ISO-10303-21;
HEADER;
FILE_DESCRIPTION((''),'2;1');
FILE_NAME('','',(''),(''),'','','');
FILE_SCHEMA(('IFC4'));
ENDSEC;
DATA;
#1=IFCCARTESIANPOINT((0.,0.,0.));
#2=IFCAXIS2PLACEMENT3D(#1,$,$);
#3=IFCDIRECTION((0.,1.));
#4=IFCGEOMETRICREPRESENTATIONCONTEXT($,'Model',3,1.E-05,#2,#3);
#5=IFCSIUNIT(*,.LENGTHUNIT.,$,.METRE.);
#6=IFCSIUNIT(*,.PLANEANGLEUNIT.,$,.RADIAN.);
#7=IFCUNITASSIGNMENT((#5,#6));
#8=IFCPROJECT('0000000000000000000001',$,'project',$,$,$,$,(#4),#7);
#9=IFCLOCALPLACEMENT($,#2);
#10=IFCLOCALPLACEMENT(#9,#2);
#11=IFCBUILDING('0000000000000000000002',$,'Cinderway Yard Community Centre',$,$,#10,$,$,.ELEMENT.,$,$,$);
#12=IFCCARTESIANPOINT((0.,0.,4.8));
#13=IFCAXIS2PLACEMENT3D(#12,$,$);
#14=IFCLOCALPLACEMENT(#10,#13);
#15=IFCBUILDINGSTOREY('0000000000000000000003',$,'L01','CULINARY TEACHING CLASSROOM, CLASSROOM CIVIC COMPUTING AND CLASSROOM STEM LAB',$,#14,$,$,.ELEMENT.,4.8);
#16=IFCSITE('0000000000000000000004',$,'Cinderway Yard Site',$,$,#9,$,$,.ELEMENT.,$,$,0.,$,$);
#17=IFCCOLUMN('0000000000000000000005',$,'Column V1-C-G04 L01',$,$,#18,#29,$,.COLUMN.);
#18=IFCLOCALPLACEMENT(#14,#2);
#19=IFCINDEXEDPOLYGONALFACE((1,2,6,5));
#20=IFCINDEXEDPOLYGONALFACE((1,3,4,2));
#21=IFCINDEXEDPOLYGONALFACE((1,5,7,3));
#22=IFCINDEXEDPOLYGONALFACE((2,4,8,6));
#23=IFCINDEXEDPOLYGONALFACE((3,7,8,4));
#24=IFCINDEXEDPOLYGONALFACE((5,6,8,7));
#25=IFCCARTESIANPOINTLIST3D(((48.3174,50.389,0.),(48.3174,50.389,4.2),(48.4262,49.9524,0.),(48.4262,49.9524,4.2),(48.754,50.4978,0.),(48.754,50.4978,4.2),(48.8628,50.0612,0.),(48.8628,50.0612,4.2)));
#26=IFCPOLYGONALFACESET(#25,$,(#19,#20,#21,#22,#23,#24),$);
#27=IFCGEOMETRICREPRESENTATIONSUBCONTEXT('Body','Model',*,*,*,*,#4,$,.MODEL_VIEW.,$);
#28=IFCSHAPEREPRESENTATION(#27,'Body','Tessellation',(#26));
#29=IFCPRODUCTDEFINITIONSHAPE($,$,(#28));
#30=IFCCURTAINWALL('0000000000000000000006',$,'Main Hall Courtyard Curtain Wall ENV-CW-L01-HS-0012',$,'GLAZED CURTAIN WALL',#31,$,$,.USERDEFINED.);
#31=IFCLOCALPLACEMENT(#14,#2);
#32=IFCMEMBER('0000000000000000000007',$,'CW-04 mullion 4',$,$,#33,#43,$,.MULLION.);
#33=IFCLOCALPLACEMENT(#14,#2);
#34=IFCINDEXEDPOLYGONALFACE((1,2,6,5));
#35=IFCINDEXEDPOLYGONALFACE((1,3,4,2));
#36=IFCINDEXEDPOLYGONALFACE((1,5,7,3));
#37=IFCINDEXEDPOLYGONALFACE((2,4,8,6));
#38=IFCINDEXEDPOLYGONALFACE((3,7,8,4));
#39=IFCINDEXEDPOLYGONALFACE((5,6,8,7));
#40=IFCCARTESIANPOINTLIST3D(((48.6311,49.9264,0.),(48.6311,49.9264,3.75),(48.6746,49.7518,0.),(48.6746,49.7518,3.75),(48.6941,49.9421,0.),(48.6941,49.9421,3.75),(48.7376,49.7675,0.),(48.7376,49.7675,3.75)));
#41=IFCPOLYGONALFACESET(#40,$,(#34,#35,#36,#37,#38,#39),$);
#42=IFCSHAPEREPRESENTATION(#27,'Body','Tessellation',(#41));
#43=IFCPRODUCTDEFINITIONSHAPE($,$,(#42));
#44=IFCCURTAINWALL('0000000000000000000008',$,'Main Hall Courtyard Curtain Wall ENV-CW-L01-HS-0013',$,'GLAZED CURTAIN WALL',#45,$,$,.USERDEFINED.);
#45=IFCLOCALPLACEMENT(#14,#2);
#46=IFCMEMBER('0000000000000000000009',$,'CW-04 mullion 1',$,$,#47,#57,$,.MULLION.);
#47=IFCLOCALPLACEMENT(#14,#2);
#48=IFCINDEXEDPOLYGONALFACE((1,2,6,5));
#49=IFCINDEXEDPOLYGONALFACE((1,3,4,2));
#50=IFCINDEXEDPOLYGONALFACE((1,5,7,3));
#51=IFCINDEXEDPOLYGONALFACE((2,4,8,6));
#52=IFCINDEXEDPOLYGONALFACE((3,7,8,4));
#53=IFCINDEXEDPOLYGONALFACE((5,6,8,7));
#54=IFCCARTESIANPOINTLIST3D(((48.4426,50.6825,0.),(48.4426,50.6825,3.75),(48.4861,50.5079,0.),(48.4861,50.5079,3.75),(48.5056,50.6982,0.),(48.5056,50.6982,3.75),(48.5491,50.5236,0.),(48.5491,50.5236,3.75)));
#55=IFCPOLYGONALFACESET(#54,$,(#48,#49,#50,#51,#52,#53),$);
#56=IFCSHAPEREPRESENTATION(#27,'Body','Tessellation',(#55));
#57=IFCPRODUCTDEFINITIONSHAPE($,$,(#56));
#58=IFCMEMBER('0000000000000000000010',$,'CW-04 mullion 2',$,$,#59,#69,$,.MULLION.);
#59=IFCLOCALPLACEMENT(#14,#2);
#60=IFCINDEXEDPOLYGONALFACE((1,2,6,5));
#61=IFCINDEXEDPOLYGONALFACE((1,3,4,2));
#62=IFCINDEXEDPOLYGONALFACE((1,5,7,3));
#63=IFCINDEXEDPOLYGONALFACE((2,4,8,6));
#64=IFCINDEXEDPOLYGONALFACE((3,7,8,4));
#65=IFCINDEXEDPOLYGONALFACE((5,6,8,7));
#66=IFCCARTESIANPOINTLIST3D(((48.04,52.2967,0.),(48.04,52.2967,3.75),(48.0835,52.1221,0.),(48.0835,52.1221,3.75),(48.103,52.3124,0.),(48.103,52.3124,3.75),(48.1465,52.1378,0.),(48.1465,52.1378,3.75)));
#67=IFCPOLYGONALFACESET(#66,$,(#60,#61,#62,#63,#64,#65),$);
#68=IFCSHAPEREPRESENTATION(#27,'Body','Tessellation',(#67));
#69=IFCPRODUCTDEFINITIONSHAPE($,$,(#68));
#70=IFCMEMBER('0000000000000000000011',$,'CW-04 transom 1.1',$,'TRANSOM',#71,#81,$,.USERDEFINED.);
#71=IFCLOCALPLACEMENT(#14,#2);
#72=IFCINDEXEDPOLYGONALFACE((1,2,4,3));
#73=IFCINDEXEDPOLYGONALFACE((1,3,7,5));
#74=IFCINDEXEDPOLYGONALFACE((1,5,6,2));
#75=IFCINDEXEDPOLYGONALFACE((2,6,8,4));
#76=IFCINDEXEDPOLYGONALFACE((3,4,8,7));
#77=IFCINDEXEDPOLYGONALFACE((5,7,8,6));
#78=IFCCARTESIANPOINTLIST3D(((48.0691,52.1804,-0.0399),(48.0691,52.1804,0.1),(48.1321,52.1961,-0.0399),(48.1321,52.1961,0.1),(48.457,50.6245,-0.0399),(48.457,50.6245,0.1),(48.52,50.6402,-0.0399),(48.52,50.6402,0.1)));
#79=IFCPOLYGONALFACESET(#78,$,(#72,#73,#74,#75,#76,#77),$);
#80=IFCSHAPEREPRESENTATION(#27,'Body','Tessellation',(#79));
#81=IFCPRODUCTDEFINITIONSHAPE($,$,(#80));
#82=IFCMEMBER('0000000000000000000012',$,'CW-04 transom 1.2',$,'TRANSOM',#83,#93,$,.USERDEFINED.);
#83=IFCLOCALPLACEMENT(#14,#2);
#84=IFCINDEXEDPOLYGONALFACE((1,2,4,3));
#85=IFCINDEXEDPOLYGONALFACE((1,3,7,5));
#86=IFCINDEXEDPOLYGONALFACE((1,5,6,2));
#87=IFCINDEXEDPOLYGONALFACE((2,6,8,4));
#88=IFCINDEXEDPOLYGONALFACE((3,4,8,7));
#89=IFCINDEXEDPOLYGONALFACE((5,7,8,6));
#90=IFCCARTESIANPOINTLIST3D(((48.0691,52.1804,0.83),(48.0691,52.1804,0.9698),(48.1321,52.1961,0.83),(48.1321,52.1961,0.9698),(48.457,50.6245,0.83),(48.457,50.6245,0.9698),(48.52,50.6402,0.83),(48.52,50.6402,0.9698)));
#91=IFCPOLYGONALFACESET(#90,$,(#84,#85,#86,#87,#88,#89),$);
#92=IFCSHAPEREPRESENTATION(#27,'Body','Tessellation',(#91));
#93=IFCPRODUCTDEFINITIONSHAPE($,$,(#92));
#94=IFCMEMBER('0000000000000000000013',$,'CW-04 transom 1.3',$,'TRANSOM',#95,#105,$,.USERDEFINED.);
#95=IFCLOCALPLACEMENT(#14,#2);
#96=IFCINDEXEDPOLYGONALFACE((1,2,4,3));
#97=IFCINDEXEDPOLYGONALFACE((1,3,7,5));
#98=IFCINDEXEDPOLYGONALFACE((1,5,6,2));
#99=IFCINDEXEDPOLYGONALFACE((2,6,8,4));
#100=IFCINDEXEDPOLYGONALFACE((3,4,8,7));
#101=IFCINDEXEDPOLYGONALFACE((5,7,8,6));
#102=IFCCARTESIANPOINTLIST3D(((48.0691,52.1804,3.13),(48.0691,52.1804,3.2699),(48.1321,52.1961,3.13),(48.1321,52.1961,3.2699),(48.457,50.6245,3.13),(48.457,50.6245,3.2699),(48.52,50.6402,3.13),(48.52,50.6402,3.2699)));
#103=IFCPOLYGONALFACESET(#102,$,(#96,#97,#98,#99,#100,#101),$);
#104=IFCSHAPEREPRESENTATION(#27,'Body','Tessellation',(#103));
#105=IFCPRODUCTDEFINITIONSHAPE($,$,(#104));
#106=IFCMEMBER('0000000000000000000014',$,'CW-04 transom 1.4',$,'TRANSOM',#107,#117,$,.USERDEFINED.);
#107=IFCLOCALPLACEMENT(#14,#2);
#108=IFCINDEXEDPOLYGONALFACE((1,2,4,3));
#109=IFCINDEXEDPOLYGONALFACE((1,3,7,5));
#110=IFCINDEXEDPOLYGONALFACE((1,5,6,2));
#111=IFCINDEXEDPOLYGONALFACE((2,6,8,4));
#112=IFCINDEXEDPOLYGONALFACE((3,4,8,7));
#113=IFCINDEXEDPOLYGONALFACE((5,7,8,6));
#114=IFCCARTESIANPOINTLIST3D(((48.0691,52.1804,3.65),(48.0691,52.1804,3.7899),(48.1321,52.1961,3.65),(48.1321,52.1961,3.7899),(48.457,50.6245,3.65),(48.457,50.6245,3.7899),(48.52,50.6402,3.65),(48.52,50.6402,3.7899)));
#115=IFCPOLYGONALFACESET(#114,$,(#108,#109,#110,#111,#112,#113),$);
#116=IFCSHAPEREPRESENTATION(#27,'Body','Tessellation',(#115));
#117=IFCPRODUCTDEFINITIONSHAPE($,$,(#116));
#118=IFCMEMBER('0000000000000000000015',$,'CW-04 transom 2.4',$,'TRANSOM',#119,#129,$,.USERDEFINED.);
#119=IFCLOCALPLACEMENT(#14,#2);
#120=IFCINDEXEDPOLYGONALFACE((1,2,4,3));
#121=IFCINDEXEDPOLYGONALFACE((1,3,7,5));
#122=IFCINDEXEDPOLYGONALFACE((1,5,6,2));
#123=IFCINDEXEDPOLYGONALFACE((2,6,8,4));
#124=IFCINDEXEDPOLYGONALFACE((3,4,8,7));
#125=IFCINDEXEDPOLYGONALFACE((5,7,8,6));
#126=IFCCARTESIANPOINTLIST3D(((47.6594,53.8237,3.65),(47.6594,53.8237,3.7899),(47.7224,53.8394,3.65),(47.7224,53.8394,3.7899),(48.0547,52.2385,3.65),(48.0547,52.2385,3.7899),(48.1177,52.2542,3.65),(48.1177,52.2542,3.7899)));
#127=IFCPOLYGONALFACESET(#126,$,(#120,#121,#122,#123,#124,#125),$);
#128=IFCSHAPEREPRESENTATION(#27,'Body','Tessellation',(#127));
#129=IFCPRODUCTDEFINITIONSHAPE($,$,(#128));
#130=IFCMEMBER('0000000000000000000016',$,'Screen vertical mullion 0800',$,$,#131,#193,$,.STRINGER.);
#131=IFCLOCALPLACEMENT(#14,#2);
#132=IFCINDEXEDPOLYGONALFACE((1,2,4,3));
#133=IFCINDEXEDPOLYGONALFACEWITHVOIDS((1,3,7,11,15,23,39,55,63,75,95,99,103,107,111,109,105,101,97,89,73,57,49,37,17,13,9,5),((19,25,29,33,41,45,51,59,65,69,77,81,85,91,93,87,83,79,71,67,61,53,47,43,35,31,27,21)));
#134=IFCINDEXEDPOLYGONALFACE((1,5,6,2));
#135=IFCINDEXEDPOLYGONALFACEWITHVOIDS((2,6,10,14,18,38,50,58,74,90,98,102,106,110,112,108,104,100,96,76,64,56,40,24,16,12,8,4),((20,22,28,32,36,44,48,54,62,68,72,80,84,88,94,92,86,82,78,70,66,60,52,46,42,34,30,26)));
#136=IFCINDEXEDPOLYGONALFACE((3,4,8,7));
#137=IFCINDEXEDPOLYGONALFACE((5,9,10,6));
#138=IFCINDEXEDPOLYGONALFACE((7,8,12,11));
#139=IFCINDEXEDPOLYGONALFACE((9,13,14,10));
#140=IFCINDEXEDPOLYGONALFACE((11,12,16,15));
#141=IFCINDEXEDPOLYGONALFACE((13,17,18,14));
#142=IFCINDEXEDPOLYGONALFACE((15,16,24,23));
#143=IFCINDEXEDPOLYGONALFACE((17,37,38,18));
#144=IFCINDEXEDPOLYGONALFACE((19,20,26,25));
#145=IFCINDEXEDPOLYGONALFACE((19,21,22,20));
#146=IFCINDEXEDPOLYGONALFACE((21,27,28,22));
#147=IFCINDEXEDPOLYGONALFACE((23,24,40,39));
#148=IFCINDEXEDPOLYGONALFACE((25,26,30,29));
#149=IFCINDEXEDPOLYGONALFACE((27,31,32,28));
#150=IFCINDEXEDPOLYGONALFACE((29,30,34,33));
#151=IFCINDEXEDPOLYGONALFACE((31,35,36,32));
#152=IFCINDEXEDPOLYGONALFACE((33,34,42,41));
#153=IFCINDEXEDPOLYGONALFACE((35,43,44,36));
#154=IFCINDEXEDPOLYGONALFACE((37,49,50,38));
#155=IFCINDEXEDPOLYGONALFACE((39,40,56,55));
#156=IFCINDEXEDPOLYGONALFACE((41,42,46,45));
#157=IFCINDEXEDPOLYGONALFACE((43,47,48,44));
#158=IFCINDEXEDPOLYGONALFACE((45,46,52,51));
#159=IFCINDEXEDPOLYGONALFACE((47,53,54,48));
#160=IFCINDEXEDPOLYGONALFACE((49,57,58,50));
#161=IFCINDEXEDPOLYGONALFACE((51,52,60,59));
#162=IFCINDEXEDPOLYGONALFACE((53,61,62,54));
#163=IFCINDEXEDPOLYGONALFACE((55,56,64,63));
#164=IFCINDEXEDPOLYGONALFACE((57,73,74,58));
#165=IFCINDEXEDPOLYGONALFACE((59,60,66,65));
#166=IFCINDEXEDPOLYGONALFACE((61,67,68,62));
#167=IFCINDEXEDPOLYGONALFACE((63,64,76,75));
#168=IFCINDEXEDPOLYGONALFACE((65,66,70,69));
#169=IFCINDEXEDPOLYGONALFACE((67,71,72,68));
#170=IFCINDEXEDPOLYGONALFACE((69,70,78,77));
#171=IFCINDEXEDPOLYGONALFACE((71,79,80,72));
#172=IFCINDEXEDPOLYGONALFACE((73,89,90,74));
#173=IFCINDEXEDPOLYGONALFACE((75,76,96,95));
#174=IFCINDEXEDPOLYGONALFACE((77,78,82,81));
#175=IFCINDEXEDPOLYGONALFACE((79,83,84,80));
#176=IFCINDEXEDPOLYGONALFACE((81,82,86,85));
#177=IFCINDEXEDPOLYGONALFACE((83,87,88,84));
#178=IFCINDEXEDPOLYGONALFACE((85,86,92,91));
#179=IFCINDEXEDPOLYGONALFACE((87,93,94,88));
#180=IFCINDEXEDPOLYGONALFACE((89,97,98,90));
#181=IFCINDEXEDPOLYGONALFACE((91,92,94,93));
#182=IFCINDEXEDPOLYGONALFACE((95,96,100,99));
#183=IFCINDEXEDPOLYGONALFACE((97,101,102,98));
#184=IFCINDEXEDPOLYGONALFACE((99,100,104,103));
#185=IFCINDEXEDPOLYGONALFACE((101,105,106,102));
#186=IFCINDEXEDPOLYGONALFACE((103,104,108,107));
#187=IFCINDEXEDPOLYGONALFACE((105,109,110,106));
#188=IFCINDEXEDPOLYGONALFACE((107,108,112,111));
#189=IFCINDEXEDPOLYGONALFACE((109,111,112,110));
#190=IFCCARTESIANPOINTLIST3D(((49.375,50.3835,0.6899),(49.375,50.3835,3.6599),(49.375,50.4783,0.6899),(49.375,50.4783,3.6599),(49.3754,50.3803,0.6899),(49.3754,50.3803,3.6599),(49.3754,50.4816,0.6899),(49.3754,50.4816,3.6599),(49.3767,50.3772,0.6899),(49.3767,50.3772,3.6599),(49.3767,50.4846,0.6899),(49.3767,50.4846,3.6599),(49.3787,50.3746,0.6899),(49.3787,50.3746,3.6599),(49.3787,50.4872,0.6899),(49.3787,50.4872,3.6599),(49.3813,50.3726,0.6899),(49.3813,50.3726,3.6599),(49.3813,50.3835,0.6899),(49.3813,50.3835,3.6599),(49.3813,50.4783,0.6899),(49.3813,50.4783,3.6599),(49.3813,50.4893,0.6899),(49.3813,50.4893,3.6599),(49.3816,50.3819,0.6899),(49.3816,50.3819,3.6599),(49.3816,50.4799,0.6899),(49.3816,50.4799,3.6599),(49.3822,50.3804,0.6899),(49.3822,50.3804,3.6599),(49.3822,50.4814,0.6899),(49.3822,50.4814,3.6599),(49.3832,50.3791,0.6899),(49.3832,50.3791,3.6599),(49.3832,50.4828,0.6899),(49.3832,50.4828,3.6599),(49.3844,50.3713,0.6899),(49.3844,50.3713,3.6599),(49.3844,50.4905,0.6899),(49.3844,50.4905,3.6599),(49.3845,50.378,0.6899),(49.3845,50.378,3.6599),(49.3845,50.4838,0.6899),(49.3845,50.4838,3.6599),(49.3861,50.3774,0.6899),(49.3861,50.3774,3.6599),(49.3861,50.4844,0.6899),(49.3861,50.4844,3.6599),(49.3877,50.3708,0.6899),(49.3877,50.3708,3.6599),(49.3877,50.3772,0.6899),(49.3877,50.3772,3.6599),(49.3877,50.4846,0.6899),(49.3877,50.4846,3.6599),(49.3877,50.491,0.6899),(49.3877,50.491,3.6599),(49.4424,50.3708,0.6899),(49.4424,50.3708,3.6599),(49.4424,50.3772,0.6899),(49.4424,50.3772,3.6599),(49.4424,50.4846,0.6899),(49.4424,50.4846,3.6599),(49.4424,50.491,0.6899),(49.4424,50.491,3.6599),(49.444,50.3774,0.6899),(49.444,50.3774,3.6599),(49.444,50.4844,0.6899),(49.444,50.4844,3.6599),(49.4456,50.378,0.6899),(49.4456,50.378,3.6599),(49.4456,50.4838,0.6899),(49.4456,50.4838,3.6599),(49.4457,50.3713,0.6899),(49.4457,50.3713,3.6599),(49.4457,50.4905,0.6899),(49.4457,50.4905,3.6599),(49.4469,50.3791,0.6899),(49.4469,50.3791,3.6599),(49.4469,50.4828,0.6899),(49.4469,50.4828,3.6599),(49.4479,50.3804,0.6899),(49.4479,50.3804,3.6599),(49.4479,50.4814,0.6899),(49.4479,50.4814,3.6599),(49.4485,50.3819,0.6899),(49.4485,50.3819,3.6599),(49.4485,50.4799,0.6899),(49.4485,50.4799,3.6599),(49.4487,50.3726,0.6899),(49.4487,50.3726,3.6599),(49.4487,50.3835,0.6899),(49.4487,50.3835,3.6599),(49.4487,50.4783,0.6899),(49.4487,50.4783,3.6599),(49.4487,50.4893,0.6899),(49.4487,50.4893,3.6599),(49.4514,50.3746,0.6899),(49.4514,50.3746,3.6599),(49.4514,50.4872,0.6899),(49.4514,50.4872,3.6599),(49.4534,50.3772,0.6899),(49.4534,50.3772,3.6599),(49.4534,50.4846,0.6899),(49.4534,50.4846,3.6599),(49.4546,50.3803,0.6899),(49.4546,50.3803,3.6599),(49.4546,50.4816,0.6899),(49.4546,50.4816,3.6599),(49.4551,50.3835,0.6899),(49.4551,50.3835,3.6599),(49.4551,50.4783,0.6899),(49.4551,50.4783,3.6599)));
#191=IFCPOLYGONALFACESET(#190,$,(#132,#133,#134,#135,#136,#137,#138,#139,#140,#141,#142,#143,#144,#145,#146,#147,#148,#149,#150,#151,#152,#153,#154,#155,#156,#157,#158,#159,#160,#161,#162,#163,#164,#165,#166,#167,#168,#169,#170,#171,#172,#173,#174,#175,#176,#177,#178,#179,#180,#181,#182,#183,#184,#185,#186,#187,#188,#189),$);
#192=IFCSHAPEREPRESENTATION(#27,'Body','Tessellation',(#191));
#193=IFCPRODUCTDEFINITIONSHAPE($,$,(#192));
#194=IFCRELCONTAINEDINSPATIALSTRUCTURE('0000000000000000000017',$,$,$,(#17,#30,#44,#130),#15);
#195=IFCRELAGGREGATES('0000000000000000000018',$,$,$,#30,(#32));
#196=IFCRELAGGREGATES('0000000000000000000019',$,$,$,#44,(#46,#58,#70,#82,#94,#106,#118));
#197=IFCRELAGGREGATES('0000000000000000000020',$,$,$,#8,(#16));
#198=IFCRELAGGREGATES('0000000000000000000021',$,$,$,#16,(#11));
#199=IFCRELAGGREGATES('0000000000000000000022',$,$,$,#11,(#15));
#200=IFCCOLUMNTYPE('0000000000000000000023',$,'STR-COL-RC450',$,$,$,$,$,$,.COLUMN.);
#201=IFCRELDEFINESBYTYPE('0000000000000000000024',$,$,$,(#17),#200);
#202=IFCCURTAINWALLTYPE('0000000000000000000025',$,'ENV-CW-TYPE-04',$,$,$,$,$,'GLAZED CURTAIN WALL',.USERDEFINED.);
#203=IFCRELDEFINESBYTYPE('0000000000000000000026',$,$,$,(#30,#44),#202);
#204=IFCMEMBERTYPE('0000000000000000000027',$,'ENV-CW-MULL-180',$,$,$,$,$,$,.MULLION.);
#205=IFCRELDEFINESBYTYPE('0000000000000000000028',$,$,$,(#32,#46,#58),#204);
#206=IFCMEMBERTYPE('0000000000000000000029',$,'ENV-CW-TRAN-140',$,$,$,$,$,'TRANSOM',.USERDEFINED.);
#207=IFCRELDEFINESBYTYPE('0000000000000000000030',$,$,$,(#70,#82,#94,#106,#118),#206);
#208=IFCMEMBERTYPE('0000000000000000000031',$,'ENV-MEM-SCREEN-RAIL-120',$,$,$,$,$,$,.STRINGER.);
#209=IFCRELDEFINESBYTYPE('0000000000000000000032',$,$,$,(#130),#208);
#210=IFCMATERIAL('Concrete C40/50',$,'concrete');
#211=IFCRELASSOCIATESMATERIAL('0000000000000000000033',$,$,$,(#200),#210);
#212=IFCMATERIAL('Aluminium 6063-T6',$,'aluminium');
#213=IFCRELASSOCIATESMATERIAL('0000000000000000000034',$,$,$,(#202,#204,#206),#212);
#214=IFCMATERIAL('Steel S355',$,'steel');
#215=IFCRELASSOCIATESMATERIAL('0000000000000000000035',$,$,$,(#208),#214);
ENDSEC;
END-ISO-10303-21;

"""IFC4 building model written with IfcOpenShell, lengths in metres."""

from ifc_helpers import new_model, si_unit, direction, frame, origin, origin_2d, place, context, subcontext, project, spatial, rectangle, hollow_rectangle, extrude, material, material_profile, profile_set, type_object, element, aggregate, save


model = new_model("IFC4")

# Units and contexts
model_context = context("Model", 3, precision=1e-05, world=origin(), true_north=direction((0.0, 1.0)))
body_context = subcontext(model_context, "Body", "Model", "MODEL_VIEW")
ifc_project = project(units=[si_unit("LENGTHUNIT", "METRE"), si_unit("PLANEANGLEUNIT", "RADIAN")], contexts=[model_context])

# Site, building, storey
site_placement = place(None, origin())
site = spatial("IfcSite", under=ifc_project, at=site_placement, Name="Cinderway Yard Site", CompositionType="ELEMENT", RefElevation=0.0)
building_placement = place(site_placement, origin())
building = spatial("IfcBuilding", under=site, at=building_placement, Name="Cinderway Yard Community Centre", CompositionType="ELEMENT")
storey_placement = place(building_placement, frame((0.0, 0.0, 4.8)))
storey = spatial("IfcBuildingStorey", under=building, at=storey_placement, Name="L01", Description="CULINARY TEACHING CLASSROOM, CLASSROOM CIVIC COMPUTING AND CLASSROOM STEM LAB", CompositionType="ELEMENT", Elevation=4.8)

# Column
ifc_material_1 = material(Name="Concrete C40/50", Category="concrete")
ifc_material_profile_1 = material_profile(ifc_material_1, rectangle(XDim=0.45, YDim=0.45, at=origin_2d()), Name="Concrete C40/50")
ifc_profile_set_1 = profile_set([ifc_material_profile_1], Name="Concrete C40/50")
column_type = type_object("IfcColumnType", Name="STR-COL-RC450", PredefinedType="COLUMN", material=ifc_profile_set_1)
column_placement = place(storey_placement, frame((48.5901, 50.2251, 0.0), z_axis=(0.0, 0.0, 1.0), x_axis=(0.970296, 0.241922, 0.0)))
element("IfcColumn", 1, at=column_placement, inside=storey, type_object=column_type, Name="Column V1-C-G04 L01", PredefinedType="COLUMN", context=body_context, shape_type="SweptSolid", body=[
    extrude(rectangle(XDim=0.45, YDim=0.45, at=origin_2d()), origin(), (0.0, 0.0, 1.0), 4.2),
])

# Curtain wall, member
ifc_material_2 = material(Name="Aluminium 6063-T6", Category="aluminium")
curtain_wall_type = type_object("IfcCurtainWallType", Name="ENV-CW-TYPE-04", ElementType="GLAZED CURTAIN WALL", PredefinedType="USERDEFINED", material=ifc_material_2)
curtain_wall_1_placement = place(storey_placement, origin())
curtain_wall_1 = element("IfcCurtainWall", 2, at=curtain_wall_1_placement, inside=storey, type_object=curtain_wall_type, Name="Main Hall Courtyard Curtain Wall ENV-CW-L01-HS-0012", ObjectType="GLAZED CURTAIN WALL", PredefinedType="USERDEFINED")
ifc_material_profile_2 = material_profile(ifc_material_2, rectangle(XDim=0.0649, YDim=0.1799, at=origin_2d()), Name="Aluminium 6063-T6")
ifc_profile_set_2 = profile_set([ifc_material_profile_2], Name="Aluminium 6063-T6")
member_type_1 = type_object("IfcMemberType", Name="ENV-CW-MULL-180", PredefinedType="MULLION", material=ifc_profile_set_2)
member_1_placement = place(storey_placement, frame((48.6843, 49.8469, 0.0), z_axis=(0.0, 0.0, 1.0), x_axis=(-0.970293, -0.241933, 0.0)))
member_1 = element("IfcMember", 3, at=member_1_placement, type_object=member_type_1, Name="CW-04 mullion 4", PredefinedType="MULLION", context=body_context, shape_type="SweptSolid", body=[
    extrude(rectangle(XDim=0.0649, YDim=0.1799, at=origin_2d()), origin(), (0.0, 0.0, 1.0), 3.75),
])
aggregate(curtain_wall_1, [member_1])

# Curtain wall, members
curtain_wall_2_placement = place(storey_placement, origin())
curtain_wall_2 = element("IfcCurtainWall", 4, at=curtain_wall_2_placement, inside=storey, type_object=curtain_wall_type, Name="Main Hall Courtyard Curtain Wall ENV-CW-L01-HS-0013", ObjectType="GLAZED CURTAIN WALL", PredefinedType="USERDEFINED")
member_2_placement = place(storey_placement, frame((48.4958, 50.603, 0.0), z_axis=(0.0, 0.0, 1.0), x_axis=(-0.970304, -0.241887, 0.0)))
member_2 = element("IfcMember", 5, at=member_2_placement, type_object=member_type_1, Name="CW-04 mullion 1", PredefinedType="MULLION", context=body_context, shape_type="SweptSolid", body=[
    extrude(rectangle(XDim=0.0649, YDim=0.1799, at=origin_2d()), origin(), (0.0, 0.0, 1.0), 3.75),
])
member_3_placement = place(storey_placement, frame((48.0933, 52.2173, 0.0), z_axis=(0.0, 0.0, 1.0), x_axis=(-0.970304, -0.241887, 0.0)))
member_3 = element("IfcMember", 6, at=member_3_placement, type_object=member_type_1, Name="CW-04 mullion 2", PredefinedType="MULLION", context=body_context, shape_type="SweptSolid", body=[
    extrude(rectangle(XDim=0.0649, YDim=0.1799, at=origin_2d()), origin(), (0.0, 0.0, 1.0), 3.75),
])
ifc_material_profile_3 = material_profile(ifc_material_2, rectangle(XDim=0.0649, YDim=0.1399, at=origin_2d()), Name="Aluminium 6063-T6")
ifc_profile_set_3 = profile_set([ifc_material_profile_3], Name="Aluminium 6063-T6")
member_type_2 = type_object("IfcMemberType", Name="ENV-CW-TRAN-140", ElementType="TRANSOM", PredefinedType="USERDEFINED", material=ifc_profile_set_3)
member_4_placement = place(storey_placement, frame((48.4885, 50.6323, 0.03), z_axis=(-0.241927, 0.970295, 0.0), x_axis=(-0.970295, -0.241927, 0.0)))
member_4 = element("IfcMember", 7, at=member_4_placement, type_object=member_type_2, Name="CW-04 transom 1.1", ObjectType="TRANSOM", PredefinedType="USERDEFINED", context=body_context, shape_type="SweptSolid", body=[
    extrude(rectangle(XDim=0.0649, YDim=0.1399, at=origin_2d()), origin(), (0.0, 0.0, 1.0), 1.6035),
])
member_5_placement = place(storey_placement, frame((48.4885, 50.6323, 0.8999), z_axis=(-0.241927, 0.970295, 0.0), x_axis=(-0.970295, -0.241927, 0.0)))
member_5 = element("IfcMember", 8, at=member_5_placement, type_object=member_type_2, Name="CW-04 transom 1.2", ObjectType="TRANSOM", PredefinedType="USERDEFINED", context=body_context, shape_type="SweptSolid", body=[
    extrude(rectangle(XDim=0.0649, YDim=0.1399, at=origin_2d()), origin(), (0.0, 0.0, 1.0), 1.6035),
])
member_6_placement = place(storey_placement, frame((48.4885, 50.6323, 3.2), z_axis=(-0.241927, 0.970295, 0.0), x_axis=(-0.970295, -0.241927, 0.0)))
member_6 = element("IfcMember", 9, at=member_6_placement, type_object=member_type_2, Name="CW-04 transom 1.3", ObjectType="TRANSOM", PredefinedType="USERDEFINED", context=body_context, shape_type="SweptSolid", body=[
    extrude(rectangle(XDim=0.0649, YDim=0.1399, at=origin_2d()), origin(), (0.0, 0.0, 1.0), 1.6035),
])
member_7_placement = place(storey_placement, frame((48.4885, 50.6323, 3.72), z_axis=(-0.241927, 0.970295, 0.0), x_axis=(-0.970295, -0.241927, 0.0)))
member_7 = element("IfcMember", 10, at=member_7_placement, type_object=member_type_2, Name="CW-04 transom 1.4", ObjectType="TRANSOM", PredefinedType="USERDEFINED", context=body_context, shape_type="SweptSolid", body=[
    extrude(rectangle(XDim=0.0649, YDim=0.1399, at=origin_2d()), origin(), (0.0, 0.0, 1.0), 1.6035),
])
member_8_placement = place(storey_placement, frame((48.0862, 52.2463, 3.72), z_axis=(-0.241938, 0.970292, 0.0), x_axis=(-0.970292, -0.241938, 0.0)))
member_8 = element("IfcMember", 11, at=member_8_placement, type_object=member_type_2, Name="CW-04 transom 2.4", ObjectType="TRANSOM", PredefinedType="USERDEFINED", context=body_context, shape_type="SweptSolid", body=[
    extrude(rectangle(XDim=0.0649, YDim=0.1399, at=origin_2d()), origin(), (0.0, 0.0, 1.0), 1.6338),
])

# Member
ifc_material_3 = material(Name="Steel S355", Category="steel")
ifc_material_profile_4 = material_profile(ifc_material_3, hollow_rectangle(XDim=0.0801, YDim=0.1201, WallThickness=0.0063, InnerFilletRadius=0.0063, OuterFilletRadius=0.0127, at=origin_2d()), Name="Steel S355")
ifc_profile_set_4 = profile_set([ifc_material_profile_4], Name="Steel S355")
member_type_3 = type_object("IfcMemberType", Name="ENV-MEM-SCREEN-RAIL-120", PredefinedType="STRINGER", material=ifc_profile_set_4)
member_9_placement = place(storey_placement, frame((49.415, 50.4309, 0.6899), z_axis=(0.0, 0.0, 1.0), x_axis=(1.0, 0.0, 0.0)))
element("IfcMember", 12, at=member_9_placement, inside=storey, type_object=member_type_3, Name="Screen vertical mullion 0800", PredefinedType="STRINGER", context=body_context, shape_type="SweptSolid", body=[
    extrude(hollow_rectangle(XDim=0.0801, YDim=0.1201, WallThickness=0.0063, InnerFilletRadius=0.0063, OuterFilletRadius=0.0127, at=origin_2d()), origin(), (0.0, 0.0, 1.0), 2.97),
])

aggregate(curtain_wall_2, [member_2, member_3, member_4, member_5, member_6, member_7, member_8])

save(model, "model.ifc")
